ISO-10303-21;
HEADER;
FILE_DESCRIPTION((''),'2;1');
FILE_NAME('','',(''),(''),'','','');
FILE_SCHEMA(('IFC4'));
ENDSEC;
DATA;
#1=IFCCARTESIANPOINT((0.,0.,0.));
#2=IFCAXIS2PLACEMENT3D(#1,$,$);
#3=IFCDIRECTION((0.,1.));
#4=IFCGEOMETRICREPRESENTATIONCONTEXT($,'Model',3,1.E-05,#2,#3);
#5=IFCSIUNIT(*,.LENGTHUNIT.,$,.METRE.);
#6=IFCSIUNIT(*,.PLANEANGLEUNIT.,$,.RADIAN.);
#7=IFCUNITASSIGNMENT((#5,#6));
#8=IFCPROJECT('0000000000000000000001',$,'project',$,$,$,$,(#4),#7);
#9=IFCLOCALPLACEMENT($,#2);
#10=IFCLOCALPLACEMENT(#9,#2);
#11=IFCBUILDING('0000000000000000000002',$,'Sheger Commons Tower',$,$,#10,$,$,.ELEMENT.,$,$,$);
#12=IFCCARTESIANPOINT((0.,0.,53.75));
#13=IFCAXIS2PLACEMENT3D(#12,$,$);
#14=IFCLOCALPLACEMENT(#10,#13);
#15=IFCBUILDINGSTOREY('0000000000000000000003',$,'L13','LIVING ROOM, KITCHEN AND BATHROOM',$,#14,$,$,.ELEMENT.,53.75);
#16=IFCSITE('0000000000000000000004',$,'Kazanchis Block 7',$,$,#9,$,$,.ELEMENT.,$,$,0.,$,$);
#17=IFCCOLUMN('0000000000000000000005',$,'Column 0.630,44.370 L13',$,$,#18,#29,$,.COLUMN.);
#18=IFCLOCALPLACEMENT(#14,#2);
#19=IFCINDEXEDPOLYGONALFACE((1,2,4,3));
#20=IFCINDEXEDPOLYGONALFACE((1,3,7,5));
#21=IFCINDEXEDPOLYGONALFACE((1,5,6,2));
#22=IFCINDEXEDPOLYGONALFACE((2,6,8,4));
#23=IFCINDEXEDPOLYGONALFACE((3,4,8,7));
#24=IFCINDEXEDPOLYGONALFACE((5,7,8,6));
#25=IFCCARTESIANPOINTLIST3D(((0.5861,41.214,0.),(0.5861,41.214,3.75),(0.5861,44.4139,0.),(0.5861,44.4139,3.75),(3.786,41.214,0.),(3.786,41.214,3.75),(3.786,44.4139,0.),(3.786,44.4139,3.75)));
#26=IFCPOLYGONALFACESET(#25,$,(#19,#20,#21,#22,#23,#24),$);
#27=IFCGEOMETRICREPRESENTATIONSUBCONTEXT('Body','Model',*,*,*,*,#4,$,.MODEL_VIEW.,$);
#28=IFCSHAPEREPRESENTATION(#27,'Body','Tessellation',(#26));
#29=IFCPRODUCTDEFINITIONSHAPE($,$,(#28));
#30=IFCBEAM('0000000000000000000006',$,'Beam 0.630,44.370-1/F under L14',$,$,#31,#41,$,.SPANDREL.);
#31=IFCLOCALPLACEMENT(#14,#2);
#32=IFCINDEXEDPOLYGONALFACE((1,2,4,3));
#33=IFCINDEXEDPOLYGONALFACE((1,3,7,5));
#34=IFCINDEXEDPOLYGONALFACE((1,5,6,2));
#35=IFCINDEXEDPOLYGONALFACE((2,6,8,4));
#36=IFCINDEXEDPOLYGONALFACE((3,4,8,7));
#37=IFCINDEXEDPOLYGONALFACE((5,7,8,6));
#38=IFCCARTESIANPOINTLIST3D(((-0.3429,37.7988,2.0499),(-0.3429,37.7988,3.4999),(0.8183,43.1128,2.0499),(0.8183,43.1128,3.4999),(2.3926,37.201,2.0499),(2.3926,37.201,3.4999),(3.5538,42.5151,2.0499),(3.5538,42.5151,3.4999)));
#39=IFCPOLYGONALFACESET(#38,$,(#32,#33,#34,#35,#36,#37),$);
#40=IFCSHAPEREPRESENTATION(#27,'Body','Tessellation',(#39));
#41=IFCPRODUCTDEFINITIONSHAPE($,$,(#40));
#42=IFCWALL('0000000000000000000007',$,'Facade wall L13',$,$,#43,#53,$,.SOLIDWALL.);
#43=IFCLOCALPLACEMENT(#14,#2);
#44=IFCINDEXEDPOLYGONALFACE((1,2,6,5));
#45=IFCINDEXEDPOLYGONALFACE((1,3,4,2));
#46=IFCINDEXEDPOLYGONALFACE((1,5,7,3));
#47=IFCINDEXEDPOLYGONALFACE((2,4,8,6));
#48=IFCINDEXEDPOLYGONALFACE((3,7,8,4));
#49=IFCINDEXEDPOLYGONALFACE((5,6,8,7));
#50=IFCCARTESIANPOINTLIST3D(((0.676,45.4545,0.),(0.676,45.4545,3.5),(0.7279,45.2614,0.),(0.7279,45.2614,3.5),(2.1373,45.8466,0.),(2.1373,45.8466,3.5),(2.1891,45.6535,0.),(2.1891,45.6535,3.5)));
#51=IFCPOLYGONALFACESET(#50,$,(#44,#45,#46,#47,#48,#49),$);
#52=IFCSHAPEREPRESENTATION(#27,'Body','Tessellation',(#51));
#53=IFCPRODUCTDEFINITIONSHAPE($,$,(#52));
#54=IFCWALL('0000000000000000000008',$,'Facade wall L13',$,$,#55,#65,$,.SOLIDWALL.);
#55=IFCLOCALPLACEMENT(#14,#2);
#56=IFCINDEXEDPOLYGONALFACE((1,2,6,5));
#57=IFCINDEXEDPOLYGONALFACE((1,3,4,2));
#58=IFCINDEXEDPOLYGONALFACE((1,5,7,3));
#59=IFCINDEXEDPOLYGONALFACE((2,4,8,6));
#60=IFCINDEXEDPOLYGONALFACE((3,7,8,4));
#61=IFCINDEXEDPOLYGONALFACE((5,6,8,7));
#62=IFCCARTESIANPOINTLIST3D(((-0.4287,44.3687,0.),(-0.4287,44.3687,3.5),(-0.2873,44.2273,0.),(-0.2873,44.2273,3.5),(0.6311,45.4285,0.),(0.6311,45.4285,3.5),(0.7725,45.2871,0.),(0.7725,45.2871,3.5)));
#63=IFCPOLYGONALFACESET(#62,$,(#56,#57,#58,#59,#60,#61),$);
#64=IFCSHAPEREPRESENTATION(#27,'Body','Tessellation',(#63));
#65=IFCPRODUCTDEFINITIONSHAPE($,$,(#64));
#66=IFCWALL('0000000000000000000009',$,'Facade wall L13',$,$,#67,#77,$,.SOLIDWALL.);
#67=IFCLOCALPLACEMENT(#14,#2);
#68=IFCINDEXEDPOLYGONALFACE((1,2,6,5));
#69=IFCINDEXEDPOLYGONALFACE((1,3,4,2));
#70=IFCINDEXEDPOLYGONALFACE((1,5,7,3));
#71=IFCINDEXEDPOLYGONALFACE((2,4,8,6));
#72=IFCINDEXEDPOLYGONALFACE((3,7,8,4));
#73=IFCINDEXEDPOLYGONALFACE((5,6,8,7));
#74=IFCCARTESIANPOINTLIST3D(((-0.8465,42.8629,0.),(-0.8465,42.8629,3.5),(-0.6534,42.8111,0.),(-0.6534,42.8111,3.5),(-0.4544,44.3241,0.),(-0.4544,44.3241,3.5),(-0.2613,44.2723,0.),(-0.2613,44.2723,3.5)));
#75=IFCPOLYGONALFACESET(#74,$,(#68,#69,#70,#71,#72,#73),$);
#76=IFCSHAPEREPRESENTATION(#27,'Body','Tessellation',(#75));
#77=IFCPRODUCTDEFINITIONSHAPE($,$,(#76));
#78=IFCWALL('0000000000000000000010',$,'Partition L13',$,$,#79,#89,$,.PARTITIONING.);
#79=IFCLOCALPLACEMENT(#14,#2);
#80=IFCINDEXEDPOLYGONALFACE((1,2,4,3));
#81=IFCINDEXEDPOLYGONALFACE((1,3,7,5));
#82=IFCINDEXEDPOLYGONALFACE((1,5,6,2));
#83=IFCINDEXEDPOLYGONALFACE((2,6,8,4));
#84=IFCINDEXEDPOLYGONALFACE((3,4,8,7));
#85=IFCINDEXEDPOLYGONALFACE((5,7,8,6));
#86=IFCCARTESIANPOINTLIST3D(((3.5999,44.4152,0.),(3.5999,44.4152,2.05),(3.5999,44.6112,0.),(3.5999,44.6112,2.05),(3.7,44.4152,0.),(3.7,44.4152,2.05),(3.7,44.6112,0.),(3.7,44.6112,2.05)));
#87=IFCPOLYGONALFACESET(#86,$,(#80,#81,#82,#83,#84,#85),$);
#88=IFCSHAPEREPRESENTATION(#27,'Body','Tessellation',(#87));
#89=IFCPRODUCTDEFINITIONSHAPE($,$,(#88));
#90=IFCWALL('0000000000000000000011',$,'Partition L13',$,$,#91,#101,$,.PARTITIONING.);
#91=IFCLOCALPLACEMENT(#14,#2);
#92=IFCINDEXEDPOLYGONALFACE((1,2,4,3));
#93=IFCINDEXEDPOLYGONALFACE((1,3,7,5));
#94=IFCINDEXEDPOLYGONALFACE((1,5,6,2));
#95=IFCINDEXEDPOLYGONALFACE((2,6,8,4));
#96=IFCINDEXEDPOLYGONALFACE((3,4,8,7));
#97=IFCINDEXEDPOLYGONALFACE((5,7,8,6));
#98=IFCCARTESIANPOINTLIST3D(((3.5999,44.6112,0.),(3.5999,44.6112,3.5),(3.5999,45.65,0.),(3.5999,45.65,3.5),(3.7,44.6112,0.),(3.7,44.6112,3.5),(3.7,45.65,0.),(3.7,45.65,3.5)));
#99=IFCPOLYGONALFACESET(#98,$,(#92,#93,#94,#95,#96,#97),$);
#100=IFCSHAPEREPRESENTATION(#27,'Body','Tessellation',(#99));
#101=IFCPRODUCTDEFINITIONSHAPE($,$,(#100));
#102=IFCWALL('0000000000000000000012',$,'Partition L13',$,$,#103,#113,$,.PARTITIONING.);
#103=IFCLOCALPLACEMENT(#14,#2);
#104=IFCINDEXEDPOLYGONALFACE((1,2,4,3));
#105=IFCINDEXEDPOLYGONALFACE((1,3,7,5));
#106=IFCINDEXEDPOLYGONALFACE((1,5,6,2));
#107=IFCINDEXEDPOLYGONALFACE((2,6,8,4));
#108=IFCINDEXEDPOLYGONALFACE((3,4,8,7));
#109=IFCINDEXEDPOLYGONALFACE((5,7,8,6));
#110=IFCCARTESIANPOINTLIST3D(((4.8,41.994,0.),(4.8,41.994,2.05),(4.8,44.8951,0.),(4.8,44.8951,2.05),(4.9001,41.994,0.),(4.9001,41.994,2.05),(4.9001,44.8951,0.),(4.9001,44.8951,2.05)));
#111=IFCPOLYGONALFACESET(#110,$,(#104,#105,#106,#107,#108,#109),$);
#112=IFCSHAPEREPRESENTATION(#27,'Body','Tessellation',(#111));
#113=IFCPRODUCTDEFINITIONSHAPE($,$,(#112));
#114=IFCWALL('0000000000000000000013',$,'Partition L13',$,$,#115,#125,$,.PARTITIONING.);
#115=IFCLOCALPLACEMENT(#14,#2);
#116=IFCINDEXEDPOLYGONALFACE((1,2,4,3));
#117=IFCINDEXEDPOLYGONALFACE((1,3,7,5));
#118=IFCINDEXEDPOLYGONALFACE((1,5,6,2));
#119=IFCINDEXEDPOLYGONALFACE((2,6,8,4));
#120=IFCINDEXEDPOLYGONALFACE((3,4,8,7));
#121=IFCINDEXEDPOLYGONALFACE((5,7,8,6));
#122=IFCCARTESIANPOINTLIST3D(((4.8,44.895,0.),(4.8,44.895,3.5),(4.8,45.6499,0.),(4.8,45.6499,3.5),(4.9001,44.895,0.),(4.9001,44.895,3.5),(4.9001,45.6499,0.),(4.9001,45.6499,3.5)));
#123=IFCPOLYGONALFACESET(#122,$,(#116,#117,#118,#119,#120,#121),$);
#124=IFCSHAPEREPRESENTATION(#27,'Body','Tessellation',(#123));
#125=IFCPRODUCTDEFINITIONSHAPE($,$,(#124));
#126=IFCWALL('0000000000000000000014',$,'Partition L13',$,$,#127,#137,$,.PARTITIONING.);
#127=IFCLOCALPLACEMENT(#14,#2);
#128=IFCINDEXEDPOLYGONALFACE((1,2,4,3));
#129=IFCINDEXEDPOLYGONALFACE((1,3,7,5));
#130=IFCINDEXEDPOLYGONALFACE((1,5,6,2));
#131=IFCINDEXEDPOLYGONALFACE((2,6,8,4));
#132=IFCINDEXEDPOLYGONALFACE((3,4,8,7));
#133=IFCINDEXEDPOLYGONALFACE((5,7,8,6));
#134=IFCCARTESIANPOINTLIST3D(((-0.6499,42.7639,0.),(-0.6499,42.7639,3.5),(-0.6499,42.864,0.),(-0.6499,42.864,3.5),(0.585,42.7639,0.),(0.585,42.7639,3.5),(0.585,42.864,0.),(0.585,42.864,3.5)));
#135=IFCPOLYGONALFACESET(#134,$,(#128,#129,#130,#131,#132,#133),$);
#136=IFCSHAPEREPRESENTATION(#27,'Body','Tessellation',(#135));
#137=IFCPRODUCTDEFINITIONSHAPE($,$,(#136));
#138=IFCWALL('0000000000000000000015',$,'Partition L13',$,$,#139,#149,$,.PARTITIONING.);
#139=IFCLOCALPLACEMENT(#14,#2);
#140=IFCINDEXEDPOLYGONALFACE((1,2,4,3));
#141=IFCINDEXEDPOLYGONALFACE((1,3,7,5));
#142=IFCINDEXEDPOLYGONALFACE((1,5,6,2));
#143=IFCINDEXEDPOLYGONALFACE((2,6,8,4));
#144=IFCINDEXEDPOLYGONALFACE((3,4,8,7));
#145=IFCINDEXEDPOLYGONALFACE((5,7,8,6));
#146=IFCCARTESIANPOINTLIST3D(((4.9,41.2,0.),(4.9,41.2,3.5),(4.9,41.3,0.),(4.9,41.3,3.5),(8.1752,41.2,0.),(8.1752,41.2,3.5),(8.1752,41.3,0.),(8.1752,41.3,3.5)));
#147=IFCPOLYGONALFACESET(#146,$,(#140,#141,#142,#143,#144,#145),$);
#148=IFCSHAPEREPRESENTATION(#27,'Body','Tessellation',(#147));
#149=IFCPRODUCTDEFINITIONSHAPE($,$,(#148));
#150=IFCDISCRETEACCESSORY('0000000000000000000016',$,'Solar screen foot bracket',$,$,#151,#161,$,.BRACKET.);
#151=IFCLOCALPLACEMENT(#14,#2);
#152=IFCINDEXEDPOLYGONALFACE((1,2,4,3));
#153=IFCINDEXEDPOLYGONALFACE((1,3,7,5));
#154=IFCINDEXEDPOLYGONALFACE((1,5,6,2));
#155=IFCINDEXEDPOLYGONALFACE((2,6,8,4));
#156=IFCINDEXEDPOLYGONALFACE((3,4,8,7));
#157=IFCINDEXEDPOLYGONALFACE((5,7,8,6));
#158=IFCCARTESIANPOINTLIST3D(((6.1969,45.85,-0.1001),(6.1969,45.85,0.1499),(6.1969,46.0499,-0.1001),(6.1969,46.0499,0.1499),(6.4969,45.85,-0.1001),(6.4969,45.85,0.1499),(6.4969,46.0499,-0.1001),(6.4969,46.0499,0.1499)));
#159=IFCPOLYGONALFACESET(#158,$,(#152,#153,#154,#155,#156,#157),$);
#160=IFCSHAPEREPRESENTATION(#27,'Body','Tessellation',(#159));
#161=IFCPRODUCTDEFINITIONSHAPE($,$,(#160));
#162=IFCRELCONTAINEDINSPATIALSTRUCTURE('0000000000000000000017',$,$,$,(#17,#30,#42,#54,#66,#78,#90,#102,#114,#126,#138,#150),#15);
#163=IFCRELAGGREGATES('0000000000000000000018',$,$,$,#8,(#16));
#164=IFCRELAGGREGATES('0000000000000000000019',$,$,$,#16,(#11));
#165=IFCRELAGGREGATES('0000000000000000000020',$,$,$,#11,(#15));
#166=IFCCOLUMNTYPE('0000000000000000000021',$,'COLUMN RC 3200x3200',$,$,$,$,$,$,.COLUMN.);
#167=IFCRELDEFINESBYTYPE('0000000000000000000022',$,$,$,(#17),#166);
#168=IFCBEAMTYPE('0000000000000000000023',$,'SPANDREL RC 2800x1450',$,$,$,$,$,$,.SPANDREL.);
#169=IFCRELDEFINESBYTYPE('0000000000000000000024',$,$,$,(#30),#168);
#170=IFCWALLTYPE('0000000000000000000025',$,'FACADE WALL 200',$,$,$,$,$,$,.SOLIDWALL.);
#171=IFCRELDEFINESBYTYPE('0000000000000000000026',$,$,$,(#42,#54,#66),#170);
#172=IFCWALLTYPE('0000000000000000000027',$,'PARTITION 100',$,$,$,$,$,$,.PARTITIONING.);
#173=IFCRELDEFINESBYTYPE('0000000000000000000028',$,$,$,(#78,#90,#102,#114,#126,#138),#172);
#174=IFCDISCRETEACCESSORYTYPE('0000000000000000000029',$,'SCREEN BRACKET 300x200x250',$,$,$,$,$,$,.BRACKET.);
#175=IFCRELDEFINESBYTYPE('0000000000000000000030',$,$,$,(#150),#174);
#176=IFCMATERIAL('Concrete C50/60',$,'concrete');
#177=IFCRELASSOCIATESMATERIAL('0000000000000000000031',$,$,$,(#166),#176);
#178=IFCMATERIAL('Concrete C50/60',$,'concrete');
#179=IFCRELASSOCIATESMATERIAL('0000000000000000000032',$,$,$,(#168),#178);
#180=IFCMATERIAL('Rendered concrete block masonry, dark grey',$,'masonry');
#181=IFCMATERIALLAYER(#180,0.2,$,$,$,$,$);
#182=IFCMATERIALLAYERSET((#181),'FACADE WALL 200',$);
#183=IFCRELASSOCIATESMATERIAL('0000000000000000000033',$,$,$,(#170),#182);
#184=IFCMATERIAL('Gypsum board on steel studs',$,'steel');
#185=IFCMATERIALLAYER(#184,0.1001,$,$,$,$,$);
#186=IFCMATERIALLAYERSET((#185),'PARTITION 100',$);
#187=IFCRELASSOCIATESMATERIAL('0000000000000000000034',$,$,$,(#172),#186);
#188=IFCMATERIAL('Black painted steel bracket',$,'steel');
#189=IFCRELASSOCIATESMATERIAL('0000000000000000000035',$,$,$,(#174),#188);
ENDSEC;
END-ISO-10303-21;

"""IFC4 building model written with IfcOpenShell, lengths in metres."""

from ifc_helpers import new_model, si_unit, direction, frame, frame_2d, origin, origin_2d, place, context, subcontext, project, spatial, rectangle, extrude, material, layer, layer_set, material_profile, profile_set, type_object, element, save


model = new_model("IFC4")

# Units and contexts
model_context = context("Model", 3, precision=1e-05, world=origin(), true_north=direction((0.0, 1.0)))
body_context = subcontext(model_context, "Body", "Model", "MODEL_VIEW")
ifc_project = project(units=[si_unit("LENGTHUNIT", "METRE"), si_unit("PLANEANGLEUNIT", "RADIAN")], contexts=[model_context])

# Site, building, storey
site_placement = place(None, origin())
site = spatial("IfcSite", under=ifc_project, at=site_placement, Name="Kazanchis Block 7", CompositionType="ELEMENT", RefElevation=0.0)
building_placement = place(site_placement, origin())
building = spatial("IfcBuilding", under=site, at=building_placement, Name="Sheger Commons Tower", CompositionType="ELEMENT")
storey_placement = place(building_placement, frame((0.0, 0.0, 53.75)))
storey = spatial("IfcBuildingStorey", under=building, at=storey_placement, Name="L13", Description="LIVING ROOM, KITCHEN AND BATHROOM", CompositionType="ELEMENT", Elevation=53.75)

# Column
ifc_material_1 = material(Name="Concrete C50/60", Category="concrete")
ifc_material_profile_1 = material_profile(ifc_material_1, rectangle(XDim=3.2, YDim=3.2, at=origin_2d()), Name="RC 3200x3200")
ifc_profile_set_1 = profile_set([ifc_material_profile_1], Name="Concrete C50/60")
column_type = type_object("IfcColumnType", Name="COLUMN RC 3200x3200", PredefinedType="COLUMN", material=ifc_profile_set_1)
column_placement = place(storey_placement, frame((2.186, 42.814, 0.0), z_axis=(0.0, 0.0, 1.0), x_axis=(1.0, 0.0, 0.0)))
element("IfcColumn", 1, at=column_placement, inside=storey, type_object=column_type, Name="Column 0.630,44.370 L13", PredefinedType="COLUMN", context=body_context, shape_type="SweptSolid", body=[
    extrude(rectangle(XDim=3.2, YDim=3.2, at=origin_2d()), origin(), (0.0, 0.0, 1.0), 3.75),
])

# Beam
ifc_material_2 = material(Name="Concrete C50/60", Category="concrete")
ifc_material_profile_2 = material_profile(ifc_material_2, rectangle(XDim=2.8, YDim=1.45, at=origin_2d()), Name="RC 2800x1450")
ifc_profile_set_2 = profile_set([ifc_material_profile_2], Name="Concrete C50/60")
beam_type = type_object("IfcBeamType", Name="SPANDREL RC 2800x1450", PredefinedType="SPANDREL", material=ifc_profile_set_2)
beam_placement = place(storey_placement, frame((2.186, 42.814, 2.7749), z_axis=(-0.213469, -0.97695, 0.0), x_axis=(0.97695, -0.213469, 0.0)))
element("IfcBeam", 2, at=beam_placement, inside=storey, type_object=beam_type, Name="Beam 0.630,44.370-1/F under L14", PredefinedType="SPANDREL", context=body_context, shape_type="SweptSolid", body=[
    extrude(rectangle(XDim=2.8, YDim=1.45, at=origin_2d()), origin(), (0.0, 0.0, 1.0), 5.4395),
])

# Walls
ifc_material_3 = material(Name="Rendered concrete block masonry, dark grey", Category="masonry")
ifc_layer_1 = layer(ifc_material_3, 0.2)
ifc_layer_set_1 = layer_set([ifc_layer_1], Name="FACADE WALL 200")
wall_type_1 = type_object("IfcWallType", Name="FACADE WALL 200", PredefinedType="SOLIDWALL", material=ifc_layer_set_1)
wall_1_placement = place(storey_placement, frame((2.1631, 45.75, 0.0), z_axis=(0.0, 0.0, 1.0), x_axis=(-0.965832, -0.259169, 0.0)))
element("IfcWall", 3, at=wall_1_placement, inside=storey, type_object=wall_type_1, Name="Facade wall L13", PredefinedType="SOLIDWALL", context=body_context, shape_type="SweptSolid", body=[
    extrude(rectangle(XDim=1.5129, YDim=0.2, at=frame_2d((0.7563, 0.0))), origin(), (0.0, 0.0, 1.0), 3.5),
])
wall_2_placement = place(storey_placement, frame((0.7019, 45.3579, 0.0), z_axis=(0.0, 0.0, 1.0), x_axis=(-0.707107, -0.707107, 0.0)))
element("IfcWall", 4, at=wall_2_placement, inside=storey, type_object=wall_type_1, Name="Facade wall L13", PredefinedType="SOLIDWALL", context=body_context, shape_type="SweptSolid", body=[
    extrude(rectangle(XDim=1.4988, YDim=0.2, at=frame_2d((0.7495, 0.0))), origin(), (0.0, 0.0, 1.0), 3.5),
])
wall_3_placement = place(storey_placement, frame((-0.3579, 44.2981, 0.0), z_axis=(0.0, 0.0, 1.0), x_axis=(-0.259169, -0.965832, 0.0)))
element("IfcWall", 5, at=wall_3_placement, inside=storey, type_object=wall_type_1, Name="Facade wall L13", PredefinedType="SOLIDWALL", context=body_context, shape_type="SweptSolid", body=[
    extrude(rectangle(XDim=1.5129, YDim=0.2, at=frame_2d((0.7563, 0.0))), origin(), (0.0, 0.0, 1.0), 3.5),
])

# Walls
ifc_material_4 = material(Name="Gypsum board on steel studs", Category="steel")
ifc_layer_2 = layer(ifc_material_4, 0.1001)
ifc_layer_set_2 = layer_set([ifc_layer_2], Name="PARTITION 100")
wall_type_2 = type_object("IfcWallType", Name="PARTITION 100", PredefinedType="PARTITIONING", material=ifc_layer_set_2)
wall_4_placement = place(storey_placement, frame((3.6499, 44.415, 0.0), z_axis=(0.0, 0.0, 1.0), x_axis=(0.0, 1.0, 0.0)))
element("IfcWall", 6, at=wall_4_placement, inside=storey, type_object=wall_type_2, Name="Partition L13", PredefinedType="PARTITIONING", context=body_context, shape_type="SweptSolid", body=[
    extrude(rectangle(XDim=0.196, YDim=0.1001, at=frame_2d((0.0981, 0.0))), origin(), (0.0, 0.0, 1.0), 2.05),
])
wall_5_placement = place(storey_placement, frame((3.6499, 44.6111, 0.0), z_axis=(0.0, 0.0, 1.0), x_axis=(0.0, 1.0, 0.0)))
element("IfcWall", 7, at=wall_5_placement, inside=storey, type_object=wall_type_2, Name="Partition L13", PredefinedType="PARTITIONING", context=body_context, shape_type="SweptSolid", body=[
    extrude(rectangle(XDim=1.0388, YDim=0.1001, at=frame_2d((0.5195, 0.0))), origin(), (0.0, 0.0, 1.0), 3.5),
])
wall_6_placement = place(storey_placement, frame((4.8501, 41.9939, 0.0), z_axis=(0.0, 0.0, 1.0), x_axis=(0.0, 1.0, 0.0)))
element("IfcWall", 8, at=wall_6_placement, inside=storey, type_object=wall_type_2, Name="Partition L13", PredefinedType="PARTITIONING", context=body_context, shape_type="SweptSolid", body=[
    extrude(rectangle(XDim=2.9011, YDim=0.1001, at=frame_2d((1.4507, 0.0))), origin(), (0.0, 0.0, 1.0), 2.05),
])
wall_7_placement = place(storey_placement, frame((4.8501, 44.895, 0.0), z_axis=(0.0, 0.0, 1.0), x_axis=(0.0, 1.0, 0.0)))
element("IfcWall", 9, at=wall_7_placement, inside=storey, type_object=wall_type_2, Name="Partition L13", PredefinedType="PARTITIONING", context=body_context, shape_type="SweptSolid", body=[
    extrude(rectangle(XDim=0.7549, YDim=0.1001, at=frame_2d((0.3774, 0.0))), origin(), (0.0, 0.0, 1.0), 3.5),
])
wall_8_placement = place(storey_placement, frame((-0.6499, 42.814, 0.0), z_axis=(0.0, 0.0, 1.0), x_axis=(1.0, 0.0, 0.0)))
element("IfcWall", 10, at=wall_8_placement, inside=storey, type_object=wall_type_2, Name="Partition L13", PredefinedType="PARTITIONING", context=body_context, shape_type="SweptSolid", body=[
    extrude(rectangle(XDim=1.2349, YDim=0.1001, at=frame_2d((0.6174, 0.0))), origin(), (0.0, 0.0, 1.0), 3.5),
])
wall_9_placement = place(storey_placement, frame((4.8999, 41.25, 0.0), z_axis=(0.0, 0.0, 1.0), x_axis=(1.0, 0.0, 0.0)))
element("IfcWall", 11, at=wall_9_placement, inside=storey, type_object=wall_type_2, Name="Partition L13", PredefinedType="PARTITIONING", context=body_context, shape_type="SweptSolid", body=[
    extrude(rectangle(XDim=3.2751, YDim=0.1001, at=frame_2d((1.6377, 0.0))), origin(), (0.0, 0.0, 1.0), 3.5),
])

# Discrete accessory
ifc_material_5 = material(Name="Black painted steel bracket", Category="steel")
discrete_accessory_type = type_object("IfcDiscreteAccessoryType", Name="SCREEN BRACKET 300x200x250", PredefinedType="BRACKET", material=ifc_material_5)
discrete_accessory_placement = place(storey_placement, frame((6.3469, 45.95, -0.1001), z_axis=(0.0, 0.0, 1.0), x_axis=(-1.0, 0.0, 0.0)))
element("IfcDiscreteAccessory", 12, at=discrete_accessory_placement, inside=storey, type_object=discrete_accessory_type, Name="Solar screen foot bracket", PredefinedType="BRACKET", context=body_context, shape_type="SweptSolid", body=[
    extrude(rectangle(XDim=0.3, YDim=0.2, at=origin_2d()), origin(), (0.0, 0.0, 1.0), 0.25),
])

save(model, "model.ifc")
